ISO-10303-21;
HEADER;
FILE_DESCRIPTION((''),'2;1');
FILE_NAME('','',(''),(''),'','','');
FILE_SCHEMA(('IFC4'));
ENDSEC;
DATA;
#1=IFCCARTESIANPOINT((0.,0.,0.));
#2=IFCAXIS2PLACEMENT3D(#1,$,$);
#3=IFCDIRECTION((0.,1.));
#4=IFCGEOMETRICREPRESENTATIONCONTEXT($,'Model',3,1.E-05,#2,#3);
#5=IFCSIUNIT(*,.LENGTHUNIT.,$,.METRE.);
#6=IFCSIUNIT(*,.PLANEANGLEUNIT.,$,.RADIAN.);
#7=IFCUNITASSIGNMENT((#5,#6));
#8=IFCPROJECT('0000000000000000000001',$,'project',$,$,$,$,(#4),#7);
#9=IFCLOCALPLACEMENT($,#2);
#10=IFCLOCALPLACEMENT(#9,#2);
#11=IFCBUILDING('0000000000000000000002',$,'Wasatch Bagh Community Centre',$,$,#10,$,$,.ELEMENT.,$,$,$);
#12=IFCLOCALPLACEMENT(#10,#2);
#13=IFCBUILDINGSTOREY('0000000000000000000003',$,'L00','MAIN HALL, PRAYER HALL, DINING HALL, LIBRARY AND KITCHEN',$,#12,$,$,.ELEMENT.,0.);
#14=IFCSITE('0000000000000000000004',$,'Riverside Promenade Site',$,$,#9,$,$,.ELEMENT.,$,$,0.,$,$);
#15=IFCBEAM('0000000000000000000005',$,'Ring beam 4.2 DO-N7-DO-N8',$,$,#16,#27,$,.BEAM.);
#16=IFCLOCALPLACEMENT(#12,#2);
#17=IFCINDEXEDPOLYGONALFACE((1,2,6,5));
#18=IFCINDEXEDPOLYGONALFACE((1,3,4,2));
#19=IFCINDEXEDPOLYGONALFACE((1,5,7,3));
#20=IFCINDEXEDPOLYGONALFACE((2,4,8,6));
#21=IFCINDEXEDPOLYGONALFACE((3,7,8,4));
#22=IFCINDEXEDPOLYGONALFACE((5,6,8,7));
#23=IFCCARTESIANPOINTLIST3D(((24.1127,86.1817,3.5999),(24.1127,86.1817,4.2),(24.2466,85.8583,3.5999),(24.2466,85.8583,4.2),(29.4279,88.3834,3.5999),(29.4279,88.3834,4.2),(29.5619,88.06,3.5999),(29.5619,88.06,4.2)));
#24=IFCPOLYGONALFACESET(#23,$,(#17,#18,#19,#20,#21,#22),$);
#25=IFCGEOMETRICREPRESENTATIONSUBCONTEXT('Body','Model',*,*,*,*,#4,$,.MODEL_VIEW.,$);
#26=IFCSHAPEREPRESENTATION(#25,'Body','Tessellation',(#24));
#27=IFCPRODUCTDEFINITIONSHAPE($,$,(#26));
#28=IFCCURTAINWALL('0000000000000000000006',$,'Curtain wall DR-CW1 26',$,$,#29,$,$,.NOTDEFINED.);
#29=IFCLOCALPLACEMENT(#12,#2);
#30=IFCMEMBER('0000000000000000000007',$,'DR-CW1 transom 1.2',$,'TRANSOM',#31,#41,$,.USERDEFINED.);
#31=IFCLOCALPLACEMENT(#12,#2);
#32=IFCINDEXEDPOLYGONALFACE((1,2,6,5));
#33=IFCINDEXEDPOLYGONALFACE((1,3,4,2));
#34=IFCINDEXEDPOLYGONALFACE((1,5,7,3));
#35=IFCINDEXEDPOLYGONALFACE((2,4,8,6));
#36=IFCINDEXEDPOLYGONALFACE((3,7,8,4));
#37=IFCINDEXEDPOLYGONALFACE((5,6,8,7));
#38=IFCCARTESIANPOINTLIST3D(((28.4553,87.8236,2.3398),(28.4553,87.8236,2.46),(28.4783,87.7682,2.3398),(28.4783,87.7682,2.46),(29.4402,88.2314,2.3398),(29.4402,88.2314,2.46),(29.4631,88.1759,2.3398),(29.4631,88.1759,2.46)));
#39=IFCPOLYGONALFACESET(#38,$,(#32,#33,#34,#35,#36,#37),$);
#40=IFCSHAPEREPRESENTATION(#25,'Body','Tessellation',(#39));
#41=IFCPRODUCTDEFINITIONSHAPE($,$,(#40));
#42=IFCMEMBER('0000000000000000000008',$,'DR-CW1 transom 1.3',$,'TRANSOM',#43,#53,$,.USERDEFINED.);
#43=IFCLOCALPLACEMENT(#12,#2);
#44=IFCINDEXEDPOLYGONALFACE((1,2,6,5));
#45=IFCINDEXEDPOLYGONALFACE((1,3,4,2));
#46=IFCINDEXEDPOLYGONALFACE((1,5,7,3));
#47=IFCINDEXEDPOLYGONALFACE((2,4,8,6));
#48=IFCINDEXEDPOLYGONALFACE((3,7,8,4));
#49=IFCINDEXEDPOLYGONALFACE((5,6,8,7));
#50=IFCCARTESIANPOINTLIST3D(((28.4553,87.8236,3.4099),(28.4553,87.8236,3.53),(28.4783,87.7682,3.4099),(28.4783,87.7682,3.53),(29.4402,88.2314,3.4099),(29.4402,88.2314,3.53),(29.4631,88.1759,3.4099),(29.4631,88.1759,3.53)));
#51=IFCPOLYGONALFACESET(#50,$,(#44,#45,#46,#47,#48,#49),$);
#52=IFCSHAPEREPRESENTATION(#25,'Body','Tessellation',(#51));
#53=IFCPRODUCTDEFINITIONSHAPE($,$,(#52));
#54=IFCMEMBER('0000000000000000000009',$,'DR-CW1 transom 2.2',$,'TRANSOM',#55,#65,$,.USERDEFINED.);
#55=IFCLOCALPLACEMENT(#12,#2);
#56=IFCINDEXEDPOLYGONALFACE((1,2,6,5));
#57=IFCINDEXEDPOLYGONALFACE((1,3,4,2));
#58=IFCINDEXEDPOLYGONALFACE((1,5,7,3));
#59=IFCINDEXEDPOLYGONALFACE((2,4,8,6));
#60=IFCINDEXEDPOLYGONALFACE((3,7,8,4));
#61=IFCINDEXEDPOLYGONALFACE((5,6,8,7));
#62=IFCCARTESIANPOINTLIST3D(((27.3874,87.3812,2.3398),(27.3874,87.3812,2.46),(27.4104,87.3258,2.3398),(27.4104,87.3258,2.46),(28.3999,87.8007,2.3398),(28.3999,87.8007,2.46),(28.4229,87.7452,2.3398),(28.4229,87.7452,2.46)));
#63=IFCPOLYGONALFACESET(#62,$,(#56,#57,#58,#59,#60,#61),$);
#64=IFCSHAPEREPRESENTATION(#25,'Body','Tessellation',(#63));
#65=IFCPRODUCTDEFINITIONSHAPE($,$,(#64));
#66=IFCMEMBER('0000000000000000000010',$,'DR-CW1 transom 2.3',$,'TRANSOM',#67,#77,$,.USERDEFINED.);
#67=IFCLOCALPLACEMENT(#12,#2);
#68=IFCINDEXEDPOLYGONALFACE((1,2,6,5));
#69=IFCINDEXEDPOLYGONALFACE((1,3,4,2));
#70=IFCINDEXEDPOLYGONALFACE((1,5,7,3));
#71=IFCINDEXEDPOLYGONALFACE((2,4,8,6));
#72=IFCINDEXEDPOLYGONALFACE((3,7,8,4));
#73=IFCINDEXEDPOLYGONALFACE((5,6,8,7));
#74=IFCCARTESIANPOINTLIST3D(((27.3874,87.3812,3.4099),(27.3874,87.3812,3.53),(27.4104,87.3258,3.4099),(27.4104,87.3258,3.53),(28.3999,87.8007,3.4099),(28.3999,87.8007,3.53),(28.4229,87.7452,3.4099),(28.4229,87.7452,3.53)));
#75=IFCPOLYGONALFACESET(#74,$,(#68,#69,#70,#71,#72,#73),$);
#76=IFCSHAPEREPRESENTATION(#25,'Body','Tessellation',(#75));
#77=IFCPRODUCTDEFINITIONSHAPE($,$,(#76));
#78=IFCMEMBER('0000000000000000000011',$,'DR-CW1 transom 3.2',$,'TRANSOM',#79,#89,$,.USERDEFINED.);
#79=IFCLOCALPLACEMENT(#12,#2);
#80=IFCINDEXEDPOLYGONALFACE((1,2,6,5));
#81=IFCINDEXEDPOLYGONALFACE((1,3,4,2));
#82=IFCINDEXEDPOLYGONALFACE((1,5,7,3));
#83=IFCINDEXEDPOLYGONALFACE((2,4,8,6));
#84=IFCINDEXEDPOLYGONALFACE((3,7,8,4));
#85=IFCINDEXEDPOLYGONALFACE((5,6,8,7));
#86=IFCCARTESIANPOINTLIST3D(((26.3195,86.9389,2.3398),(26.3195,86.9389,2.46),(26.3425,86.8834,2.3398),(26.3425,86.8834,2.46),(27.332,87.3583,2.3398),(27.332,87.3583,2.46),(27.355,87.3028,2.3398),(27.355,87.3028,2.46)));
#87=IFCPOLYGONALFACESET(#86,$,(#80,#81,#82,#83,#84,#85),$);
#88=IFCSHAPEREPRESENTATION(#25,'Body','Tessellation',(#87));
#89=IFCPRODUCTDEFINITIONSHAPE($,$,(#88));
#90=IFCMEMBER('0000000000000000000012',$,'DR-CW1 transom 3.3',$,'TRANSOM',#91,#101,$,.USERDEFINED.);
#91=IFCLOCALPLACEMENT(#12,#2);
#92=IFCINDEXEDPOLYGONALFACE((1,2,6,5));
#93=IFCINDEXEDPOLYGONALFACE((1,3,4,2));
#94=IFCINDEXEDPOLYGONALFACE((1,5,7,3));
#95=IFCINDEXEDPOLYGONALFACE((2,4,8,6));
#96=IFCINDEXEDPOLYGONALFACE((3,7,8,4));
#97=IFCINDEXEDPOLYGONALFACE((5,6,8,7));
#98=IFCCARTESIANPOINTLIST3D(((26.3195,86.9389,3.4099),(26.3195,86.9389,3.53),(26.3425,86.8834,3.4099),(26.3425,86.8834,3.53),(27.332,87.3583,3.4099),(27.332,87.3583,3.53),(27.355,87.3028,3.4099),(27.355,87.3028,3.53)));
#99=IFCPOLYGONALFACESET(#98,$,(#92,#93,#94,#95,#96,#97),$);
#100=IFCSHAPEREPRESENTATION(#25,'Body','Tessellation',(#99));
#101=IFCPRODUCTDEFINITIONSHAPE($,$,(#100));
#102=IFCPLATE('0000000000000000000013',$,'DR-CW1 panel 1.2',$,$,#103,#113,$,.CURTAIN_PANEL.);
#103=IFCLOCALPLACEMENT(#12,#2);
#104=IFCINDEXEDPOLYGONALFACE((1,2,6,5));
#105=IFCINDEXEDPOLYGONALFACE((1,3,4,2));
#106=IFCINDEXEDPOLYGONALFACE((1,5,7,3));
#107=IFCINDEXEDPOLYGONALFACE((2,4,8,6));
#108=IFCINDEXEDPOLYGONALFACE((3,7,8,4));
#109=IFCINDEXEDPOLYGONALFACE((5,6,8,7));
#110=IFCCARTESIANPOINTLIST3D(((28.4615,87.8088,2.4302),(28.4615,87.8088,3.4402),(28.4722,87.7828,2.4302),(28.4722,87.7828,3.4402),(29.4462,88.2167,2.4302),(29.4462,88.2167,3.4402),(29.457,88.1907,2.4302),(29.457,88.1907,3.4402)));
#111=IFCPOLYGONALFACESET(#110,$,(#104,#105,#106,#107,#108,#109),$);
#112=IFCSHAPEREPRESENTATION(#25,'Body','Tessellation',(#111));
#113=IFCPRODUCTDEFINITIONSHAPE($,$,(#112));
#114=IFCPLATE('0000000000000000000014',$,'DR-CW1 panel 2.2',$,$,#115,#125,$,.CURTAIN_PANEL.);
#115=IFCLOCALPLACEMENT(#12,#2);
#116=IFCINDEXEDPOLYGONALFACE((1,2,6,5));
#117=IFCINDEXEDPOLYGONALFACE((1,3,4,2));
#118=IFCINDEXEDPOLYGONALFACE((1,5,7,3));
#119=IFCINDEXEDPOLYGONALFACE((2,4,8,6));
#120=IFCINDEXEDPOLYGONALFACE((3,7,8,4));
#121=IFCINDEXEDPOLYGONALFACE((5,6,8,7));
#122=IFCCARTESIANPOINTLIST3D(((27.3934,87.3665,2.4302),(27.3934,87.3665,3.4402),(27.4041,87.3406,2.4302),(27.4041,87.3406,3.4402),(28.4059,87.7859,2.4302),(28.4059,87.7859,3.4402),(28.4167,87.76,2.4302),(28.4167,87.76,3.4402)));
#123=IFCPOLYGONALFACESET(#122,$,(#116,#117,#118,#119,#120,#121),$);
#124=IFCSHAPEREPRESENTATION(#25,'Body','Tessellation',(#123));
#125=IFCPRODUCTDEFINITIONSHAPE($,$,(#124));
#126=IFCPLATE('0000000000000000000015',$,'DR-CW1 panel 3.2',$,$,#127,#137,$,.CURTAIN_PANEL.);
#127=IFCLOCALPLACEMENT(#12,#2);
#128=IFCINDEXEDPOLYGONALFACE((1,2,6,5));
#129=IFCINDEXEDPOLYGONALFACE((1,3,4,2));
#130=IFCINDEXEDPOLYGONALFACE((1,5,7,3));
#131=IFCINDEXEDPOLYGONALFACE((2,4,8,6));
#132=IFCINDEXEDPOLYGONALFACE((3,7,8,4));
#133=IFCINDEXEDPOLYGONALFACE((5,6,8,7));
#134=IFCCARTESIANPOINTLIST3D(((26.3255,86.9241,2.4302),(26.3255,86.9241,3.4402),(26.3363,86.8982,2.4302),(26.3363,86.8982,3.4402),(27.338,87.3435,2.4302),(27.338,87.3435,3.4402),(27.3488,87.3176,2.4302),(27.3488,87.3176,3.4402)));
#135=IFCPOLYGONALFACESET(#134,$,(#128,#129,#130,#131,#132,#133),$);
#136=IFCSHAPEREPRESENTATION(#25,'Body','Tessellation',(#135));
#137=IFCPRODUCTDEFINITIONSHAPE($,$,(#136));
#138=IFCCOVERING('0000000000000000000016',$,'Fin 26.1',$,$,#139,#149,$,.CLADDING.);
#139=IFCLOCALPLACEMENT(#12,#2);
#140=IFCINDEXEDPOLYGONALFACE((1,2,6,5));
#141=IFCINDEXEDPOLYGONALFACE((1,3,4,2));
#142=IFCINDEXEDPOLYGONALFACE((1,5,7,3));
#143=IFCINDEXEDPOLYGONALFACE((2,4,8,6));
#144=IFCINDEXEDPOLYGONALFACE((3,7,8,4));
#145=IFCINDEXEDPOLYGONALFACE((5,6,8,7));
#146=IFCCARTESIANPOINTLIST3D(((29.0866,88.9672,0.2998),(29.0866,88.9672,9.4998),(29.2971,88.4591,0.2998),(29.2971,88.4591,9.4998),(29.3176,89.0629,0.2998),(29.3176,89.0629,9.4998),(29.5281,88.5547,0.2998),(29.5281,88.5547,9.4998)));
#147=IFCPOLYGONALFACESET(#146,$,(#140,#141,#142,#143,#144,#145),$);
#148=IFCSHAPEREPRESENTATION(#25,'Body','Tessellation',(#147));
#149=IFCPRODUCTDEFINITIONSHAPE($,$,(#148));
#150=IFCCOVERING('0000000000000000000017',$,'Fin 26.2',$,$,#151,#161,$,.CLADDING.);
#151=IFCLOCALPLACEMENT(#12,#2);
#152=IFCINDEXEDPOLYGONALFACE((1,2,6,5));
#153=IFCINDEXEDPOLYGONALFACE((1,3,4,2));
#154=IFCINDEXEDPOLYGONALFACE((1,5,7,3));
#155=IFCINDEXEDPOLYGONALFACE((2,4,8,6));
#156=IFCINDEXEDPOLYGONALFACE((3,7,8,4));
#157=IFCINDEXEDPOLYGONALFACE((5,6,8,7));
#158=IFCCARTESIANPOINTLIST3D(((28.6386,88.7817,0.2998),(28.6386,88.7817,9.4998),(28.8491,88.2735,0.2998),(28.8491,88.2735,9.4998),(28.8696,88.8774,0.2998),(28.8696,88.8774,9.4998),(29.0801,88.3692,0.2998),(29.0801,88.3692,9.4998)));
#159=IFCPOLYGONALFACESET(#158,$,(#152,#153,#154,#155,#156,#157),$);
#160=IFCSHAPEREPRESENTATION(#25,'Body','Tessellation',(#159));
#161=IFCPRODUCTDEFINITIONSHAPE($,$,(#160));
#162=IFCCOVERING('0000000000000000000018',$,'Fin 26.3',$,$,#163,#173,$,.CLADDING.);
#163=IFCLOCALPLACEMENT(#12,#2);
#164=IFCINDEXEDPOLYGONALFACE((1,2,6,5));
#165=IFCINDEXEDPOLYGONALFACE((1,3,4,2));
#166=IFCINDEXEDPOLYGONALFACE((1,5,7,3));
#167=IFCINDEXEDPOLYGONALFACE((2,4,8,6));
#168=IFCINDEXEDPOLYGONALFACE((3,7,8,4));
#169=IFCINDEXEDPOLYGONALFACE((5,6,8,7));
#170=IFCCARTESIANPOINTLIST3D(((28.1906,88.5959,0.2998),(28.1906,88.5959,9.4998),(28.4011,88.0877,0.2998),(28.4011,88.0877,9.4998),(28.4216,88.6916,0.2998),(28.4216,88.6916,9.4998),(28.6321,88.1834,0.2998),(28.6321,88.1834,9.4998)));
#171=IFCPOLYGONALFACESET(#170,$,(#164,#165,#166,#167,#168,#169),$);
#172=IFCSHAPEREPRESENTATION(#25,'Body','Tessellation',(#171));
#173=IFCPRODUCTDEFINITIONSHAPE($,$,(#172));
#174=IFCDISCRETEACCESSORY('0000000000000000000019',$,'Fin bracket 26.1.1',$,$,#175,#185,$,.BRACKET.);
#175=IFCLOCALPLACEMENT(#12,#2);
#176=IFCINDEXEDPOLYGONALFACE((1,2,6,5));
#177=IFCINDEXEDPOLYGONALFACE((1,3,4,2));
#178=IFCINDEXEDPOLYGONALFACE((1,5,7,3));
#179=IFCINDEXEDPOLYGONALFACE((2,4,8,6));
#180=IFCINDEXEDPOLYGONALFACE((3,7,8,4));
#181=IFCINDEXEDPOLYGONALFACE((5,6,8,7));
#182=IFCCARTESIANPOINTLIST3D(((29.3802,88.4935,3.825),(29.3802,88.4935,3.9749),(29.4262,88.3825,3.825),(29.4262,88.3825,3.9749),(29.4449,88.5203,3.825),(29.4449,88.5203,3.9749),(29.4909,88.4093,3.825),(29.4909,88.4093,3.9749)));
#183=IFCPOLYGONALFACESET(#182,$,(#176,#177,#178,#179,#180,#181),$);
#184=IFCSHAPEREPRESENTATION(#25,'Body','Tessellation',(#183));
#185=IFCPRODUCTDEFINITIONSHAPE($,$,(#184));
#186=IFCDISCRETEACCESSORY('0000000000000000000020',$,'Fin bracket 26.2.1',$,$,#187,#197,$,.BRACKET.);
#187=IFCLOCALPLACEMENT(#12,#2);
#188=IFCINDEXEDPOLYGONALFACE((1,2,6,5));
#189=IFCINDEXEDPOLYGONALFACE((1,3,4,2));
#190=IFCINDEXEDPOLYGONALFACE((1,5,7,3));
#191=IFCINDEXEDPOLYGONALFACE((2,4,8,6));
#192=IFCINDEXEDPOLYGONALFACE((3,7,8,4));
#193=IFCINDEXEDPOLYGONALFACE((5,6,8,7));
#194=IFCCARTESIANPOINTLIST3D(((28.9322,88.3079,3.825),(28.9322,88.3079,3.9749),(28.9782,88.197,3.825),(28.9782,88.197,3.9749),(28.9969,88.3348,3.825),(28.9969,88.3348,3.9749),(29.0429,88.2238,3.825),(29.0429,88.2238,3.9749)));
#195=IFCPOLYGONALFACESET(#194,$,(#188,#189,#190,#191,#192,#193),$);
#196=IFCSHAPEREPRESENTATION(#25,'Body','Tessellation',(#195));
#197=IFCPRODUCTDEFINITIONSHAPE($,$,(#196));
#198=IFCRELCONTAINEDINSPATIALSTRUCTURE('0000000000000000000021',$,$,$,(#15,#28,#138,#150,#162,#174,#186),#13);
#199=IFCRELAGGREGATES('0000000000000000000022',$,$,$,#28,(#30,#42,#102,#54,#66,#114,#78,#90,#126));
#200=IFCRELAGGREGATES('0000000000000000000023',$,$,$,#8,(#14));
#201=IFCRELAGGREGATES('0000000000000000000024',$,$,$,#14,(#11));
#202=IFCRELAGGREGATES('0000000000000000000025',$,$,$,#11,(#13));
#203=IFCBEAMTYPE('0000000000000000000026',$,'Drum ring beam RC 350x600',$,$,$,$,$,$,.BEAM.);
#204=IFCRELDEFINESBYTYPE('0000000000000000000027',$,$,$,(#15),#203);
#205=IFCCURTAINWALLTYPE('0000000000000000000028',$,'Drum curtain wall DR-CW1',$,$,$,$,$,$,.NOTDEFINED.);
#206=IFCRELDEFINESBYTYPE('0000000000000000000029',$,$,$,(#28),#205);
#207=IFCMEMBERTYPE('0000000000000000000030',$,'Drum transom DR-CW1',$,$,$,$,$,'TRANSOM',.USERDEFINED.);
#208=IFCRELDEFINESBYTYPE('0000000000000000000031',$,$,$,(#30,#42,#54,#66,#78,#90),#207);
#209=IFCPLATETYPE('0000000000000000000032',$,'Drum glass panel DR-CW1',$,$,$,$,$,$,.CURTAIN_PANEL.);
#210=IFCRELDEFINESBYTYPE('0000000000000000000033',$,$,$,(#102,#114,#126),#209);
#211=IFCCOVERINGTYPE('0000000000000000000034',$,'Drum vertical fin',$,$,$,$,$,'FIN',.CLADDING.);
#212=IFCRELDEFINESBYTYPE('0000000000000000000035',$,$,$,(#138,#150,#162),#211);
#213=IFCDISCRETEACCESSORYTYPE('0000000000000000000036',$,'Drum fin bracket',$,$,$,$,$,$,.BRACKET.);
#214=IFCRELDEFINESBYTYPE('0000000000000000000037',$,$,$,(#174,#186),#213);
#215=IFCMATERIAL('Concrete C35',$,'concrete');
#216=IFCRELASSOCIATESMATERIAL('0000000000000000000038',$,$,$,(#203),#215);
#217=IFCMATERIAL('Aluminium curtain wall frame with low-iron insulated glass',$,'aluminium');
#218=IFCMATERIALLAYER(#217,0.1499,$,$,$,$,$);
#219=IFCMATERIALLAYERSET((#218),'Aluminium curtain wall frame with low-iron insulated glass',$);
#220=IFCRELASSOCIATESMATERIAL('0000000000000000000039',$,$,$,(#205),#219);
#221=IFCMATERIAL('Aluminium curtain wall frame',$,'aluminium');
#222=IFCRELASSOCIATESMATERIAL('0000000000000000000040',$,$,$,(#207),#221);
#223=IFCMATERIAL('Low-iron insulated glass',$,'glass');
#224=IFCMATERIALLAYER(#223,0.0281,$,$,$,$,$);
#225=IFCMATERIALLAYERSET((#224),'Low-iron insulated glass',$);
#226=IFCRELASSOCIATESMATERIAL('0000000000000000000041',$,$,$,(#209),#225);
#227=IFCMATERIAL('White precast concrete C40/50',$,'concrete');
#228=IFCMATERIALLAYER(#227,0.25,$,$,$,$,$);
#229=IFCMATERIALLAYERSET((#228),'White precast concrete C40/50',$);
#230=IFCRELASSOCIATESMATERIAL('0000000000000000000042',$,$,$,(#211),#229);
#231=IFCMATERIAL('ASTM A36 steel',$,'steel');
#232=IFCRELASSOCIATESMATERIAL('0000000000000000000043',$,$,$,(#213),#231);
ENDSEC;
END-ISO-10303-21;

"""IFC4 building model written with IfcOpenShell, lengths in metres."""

from ifc_helpers import new_model, si_unit, direction, frame, origin, origin_2d, place, context, subcontext, project, spatial, rectangle, extrude, material, layer, layer_set, material_profile, profile_set, type_object, element, aggregate, save


model = new_model("IFC4")

# Units and contexts
model_context = context("Model", 3, precision=1e-05, world=origin(), true_north=direction((0.0, 1.0)))
body_context = subcontext(model_context, "Body", "Model", "MODEL_VIEW")
ifc_project = project(units=[si_unit("LENGTHUNIT", "METRE"), si_unit("PLANEANGLEUNIT", "RADIAN")], contexts=[model_context])

# Site, building, storey
site_placement = place(None, origin())
site = spatial("IfcSite", under=ifc_project, at=site_placement, Name="Riverside Promenade Site", CompositionType="ELEMENT", RefElevation=0.0)
building_placement = place(site_placement, origin())
building = spatial("IfcBuilding", under=site, at=building_placement, Name="Wasatch Bagh Community Centre", CompositionType="ELEMENT")
storey_placement = place(building_placement, origin())
storey = spatial("IfcBuildingStorey", under=building, at=storey_placement, Name="L00", Description="MAIN HALL, PRAYER HALL, DINING HALL, LIBRARY AND KITCHEN", CompositionType="ELEMENT", Elevation=0.0)

# Beam
ifc_material_1 = material(Name="Concrete C35", Category="concrete")
ifc_material_profile_1 = material_profile(ifc_material_1, rectangle(XDim=0.3501, YDim=0.6001, at=origin_2d()), Name="RC 350x600")
ifc_profile_set_1 = profile_set([ifc_material_profile_1], Name="Concrete C35")
beam_type = type_object("IfcBeamType", Name="Drum ring beam RC 350x600", PredefinedType="BEAM", material=ifc_profile_set_1)
beam_placement = place(storey_placement, frame((29.4949, 88.2217, 3.8999), z_axis=(-0.923877, -0.382689, 0.0), x_axis=(0.382689, -0.923877, 0.0)))
element("IfcBeam", 1, at=beam_placement, inside=storey, type_object=beam_type, Name="Ring beam 4.2 DO-N7-DO-N8", PredefinedType="BEAM", context=body_context, shape_type="SweptSolid", body=[
    extrude(rectangle(XDim=0.3501, YDim=0.6001, at=origin_2d()), origin(), (0.0, 0.0, 1.0), 5.7532),
])

# Curtain wall, members, plates
ifc_material_2 = material(Name="Aluminium curtain wall frame with low-iron insulated glass", Category="aluminium")
ifc_layer_1 = layer(ifc_material_2, 0.1499)
ifc_layer_set_1 = layer_set([ifc_layer_1], Name="Aluminium curtain wall frame with low-iron insulated glass")
curtain_wall_type = type_object("IfcCurtainWallType", Name="Drum curtain wall DR-CW1", PredefinedType="NOTDEFINED", material=ifc_layer_set_1)
curtain_wall_placement = place(storey_placement, origin())
curtain_wall = element("IfcCurtainWall", 2, at=curtain_wall_placement, inside=storey, type_object=curtain_wall_type, Name="Curtain wall DR-CW1 26", PredefinedType="NOTDEFINED")
ifc_material_3 = material(Name="Aluminium curtain wall frame", Category="aluminium")
ifc_material_profile_2 = material_profile(ifc_material_3, rectangle(XDim=0.0601, YDim=0.1201, at=origin_2d()), Name="Drum transom DR-CW1")
ifc_profile_set_2 = profile_set([ifc_material_profile_2], Name="Aluminium curtain wall frame")
member_type = type_object("IfcMemberType", Name="Drum transom DR-CW1", ElementType="TRANSOM", PredefinedType="USERDEFINED", material=ifc_profile_set_2)
member_1_placement = place(storey_placement, frame((29.4517, 88.2036, 2.3999), z_axis=(-0.923955, -0.3825, 0.0), x_axis=(0.3825, -0.923955, 0.0)))
member_1 = element("IfcMember", 3, at=member_1_placement, type_object=member_type, Name="DR-CW1 transom 1.2", ObjectType="TRANSOM", PredefinedType="USERDEFINED", context=body_context, shape_type="SweptSolid", body=[
    extrude(rectangle(XDim=0.0601, YDim=0.1201, at=origin_2d()), origin(), (0.0, 0.0, 1.0), 1.0659),
])
member_2_placement = place(storey_placement, frame((29.4517, 88.2036, 3.47), z_axis=(-0.923955, -0.3825, 0.0), x_axis=(0.3825, -0.923955, 0.0)))
member_2 = element("IfcMember", 4, at=member_2_placement, type_object=member_type, Name="DR-CW1 transom 1.3", ObjectType="TRANSOM", PredefinedType="USERDEFINED", context=body_context, shape_type="SweptSolid", body=[
    extrude(rectangle(XDim=0.0601, YDim=0.1201, at=origin_2d()), origin(), (0.0, 0.0, 1.0), 1.0659),
])
member_3_placement = place(storey_placement, frame((28.4114, 87.7729, 2.3999), z_axis=(-0.923859, -0.382732, 0.0), x_axis=(0.382732, -0.923859, 0.0)))
member_3 = element("IfcMember", 5, at=member_3_placement, type_object=member_type, Name="DR-CW1 transom 2.2", ObjectType="TRANSOM", PredefinedType="USERDEFINED", context=body_context, shape_type="SweptSolid", body=[
    extrude(rectangle(XDim=0.0601, YDim=0.1201, at=origin_2d()), origin(), (0.0, 0.0, 1.0), 1.0959),
])
member_4_placement = place(storey_placement, frame((28.4114, 87.7729, 3.47), z_axis=(-0.923859, -0.382732, 0.0), x_axis=(0.382732, -0.923859, 0.0)))
member_4 = element("IfcMember", 6, at=member_4_placement, type_object=member_type, Name="DR-CW1 transom 2.3", ObjectType="TRANSOM", PredefinedType="USERDEFINED", context=body_context, shape_type="SweptSolid", body=[
    extrude(rectangle(XDim=0.0601, YDim=0.1201, at=origin_2d()), origin(), (0.0, 0.0, 1.0), 1.0959),
])
member_5_placement = place(storey_placement, frame((27.3435, 87.3306, 2.3999), z_axis=(-0.923859, -0.382732, 0.0), x_axis=(0.382732, -0.923859, 0.0)))
member_5 = element("IfcMember", 7, at=member_5_placement, type_object=member_type, Name="DR-CW1 transom 3.2", ObjectType="TRANSOM", PredefinedType="USERDEFINED", context=body_context, shape_type="SweptSolid", body=[
    extrude(rectangle(XDim=0.0601, YDim=0.1201, at=origin_2d()), origin(), (0.0, 0.0, 1.0), 1.0959),
])
member_6_placement = place(storey_placement, frame((27.3435, 87.3306, 3.47), z_axis=(-0.923859, -0.382732, 0.0), x_axis=(0.382732, -0.923859, 0.0)))
member_6 = element("IfcMember", 8, at=member_6_placement, type_object=member_type, Name="DR-CW1 transom 3.3", ObjectType="TRANSOM", PredefinedType="USERDEFINED", context=body_context, shape_type="SweptSolid", body=[
    extrude(rectangle(XDim=0.0601, YDim=0.1201, at=origin_2d()), origin(), (0.0, 0.0, 1.0), 1.0959),
])
ifc_material_4 = material(Name="Low-iron insulated glass", Category="glass")
ifc_layer_2 = layer(ifc_material_4, 0.0281)
ifc_layer_set_2 = layer_set([ifc_layer_2], Name="Low-iron insulated glass")
plate_type = type_object("IfcPlateType", Name="Drum glass panel DR-CW1", PredefinedType="CURTAIN_PANEL", material=ifc_layer_set_2)
plate_1_placement = place(storey_placement, frame((28.9592, 87.9998, 2.4302), z_axis=(0.0, 0.0, 1.0), x_axis=(-0.92388, -0.382683, 0.0)))
plate_1 = element("IfcPlate", 9, at=plate_1_placement, type_object=plate_type, Name="DR-CW1 panel 1.2", PredefinedType="CURTAIN_PANEL", context=body_context, shape_type="SweptSolid", body=[
    extrude(rectangle(XDim=1.0659, YDim=0.0281, at=origin_2d()), origin(), (0.0, 0.0, 1.0), 1.01),
])
plate_2_placement = place(storey_placement, frame((27.905, 87.5632, 2.4302), z_axis=(0.0, 0.0, 1.0), x_axis=(-0.92388, -0.382683, 0.0)))
plate_2 = element("IfcPlate", 10, at=plate_2_placement, type_object=plate_type, Name="DR-CW1 panel 2.2", PredefinedType="CURTAIN_PANEL", context=body_context, shape_type="SweptSolid", body=[
    extrude(rectangle(XDim=1.0959, YDim=0.0281, at=origin_2d()), origin(), (0.0, 0.0, 1.0), 1.01),
])
plate_3_placement = place(storey_placement, frame((26.8372, 87.1208, 2.4302), z_axis=(0.0, 0.0, 1.0), x_axis=(-0.92388, -0.382683, 0.0)))
plate_3 = element("IfcPlate", 11, at=plate_3_placement, type_object=plate_type, Name="DR-CW1 panel 3.2", PredefinedType="CURTAIN_PANEL", context=body_context, shape_type="SweptSolid", body=[
    extrude(rectangle(XDim=1.0959, YDim=0.0281, at=origin_2d()), origin(), (0.0, 0.0, 1.0), 1.01),
])
aggregate(curtain_wall, [member_1, member_2, plate_1, member_3, member_4, plate_2, member_5, member_6, plate_3])

# Coverings
ifc_material_5 = material(Name="White precast concrete C40/50", Category="concrete")
ifc_layer_3 = layer(ifc_material_5, 0.25)
ifc_layer_set_3 = layer_set([ifc_layer_3], Name="White precast concrete C40/50")
covering_type = type_object("IfcCoveringType", Name="Drum vertical fin", ElementType="FIN", PredefinedType="CLADDING", material=ifc_layer_set_3)
for number, where, z_axis, x_axis, name in (
    (12, (29.3074, 88.761, 0.2998), (0.0, 0.0, 1.0), (-0.92388, -0.382683, 0.0), "Fin 26.1"),
    (13, (28.8594, 88.5754, 0.2998), (0.0, 0.0, 1.0), (-0.92388, -0.382683, 0.0), "Fin 26.2"),
    (14, (28.4114, 88.3896, 0.2998), (0.0, 0.0, 1.0), (-0.92388, -0.382683, 0.0), "Fin 26.3"),
):
    element("IfcCovering", number, at=place(storey_placement, frame(where, z_axis=z_axis, x_axis=x_axis)), inside=storey, type_object=covering_type, Name=name, PredefinedType="CLADDING", context=body_context, shape_type="SweptSolid", body=[
        extrude(rectangle(XDim=0.25, YDim=0.55, at=origin_2d()), origin(), (0.0, 0.0, 1.0), 9.2),
    ])

# Discrete accessories
ifc_material_6 = material(Name="ASTM A36 steel", Category="steel")
discrete_accessory_type = type_object("IfcDiscreteAccessoryType", Name="Drum fin bracket", PredefinedType="BRACKET", material=ifc_material_6)
for number, where, z_axis, x_axis, name in (
    (15, (29.4355, 88.4514, 3.825), (0.0, 0.0, 1.0), (-0.92388, -0.382683, 0.0), "Fin bracket 26.1.1"),
    (16, (28.9875, 88.2659, 3.825), (0.0, 0.0, 1.0), (-0.92388, -0.382683, 0.0), "Fin bracket 26.2.1"),
):
    element("IfcDiscreteAccessory", number, at=place(storey_placement, frame(where, z_axis=z_axis, x_axis=x_axis)), inside=storey, type_object=discrete_accessory_type, Name=name, PredefinedType="BRACKET", context=body_context, shape_type="SweptSolid", body=[
        extrude(rectangle(XDim=0.0701, YDim=0.1201, at=origin_2d()), origin(), (0.0, 0.0, 1.0), 0.1499),
    ])

save(model, "model.ifc")
